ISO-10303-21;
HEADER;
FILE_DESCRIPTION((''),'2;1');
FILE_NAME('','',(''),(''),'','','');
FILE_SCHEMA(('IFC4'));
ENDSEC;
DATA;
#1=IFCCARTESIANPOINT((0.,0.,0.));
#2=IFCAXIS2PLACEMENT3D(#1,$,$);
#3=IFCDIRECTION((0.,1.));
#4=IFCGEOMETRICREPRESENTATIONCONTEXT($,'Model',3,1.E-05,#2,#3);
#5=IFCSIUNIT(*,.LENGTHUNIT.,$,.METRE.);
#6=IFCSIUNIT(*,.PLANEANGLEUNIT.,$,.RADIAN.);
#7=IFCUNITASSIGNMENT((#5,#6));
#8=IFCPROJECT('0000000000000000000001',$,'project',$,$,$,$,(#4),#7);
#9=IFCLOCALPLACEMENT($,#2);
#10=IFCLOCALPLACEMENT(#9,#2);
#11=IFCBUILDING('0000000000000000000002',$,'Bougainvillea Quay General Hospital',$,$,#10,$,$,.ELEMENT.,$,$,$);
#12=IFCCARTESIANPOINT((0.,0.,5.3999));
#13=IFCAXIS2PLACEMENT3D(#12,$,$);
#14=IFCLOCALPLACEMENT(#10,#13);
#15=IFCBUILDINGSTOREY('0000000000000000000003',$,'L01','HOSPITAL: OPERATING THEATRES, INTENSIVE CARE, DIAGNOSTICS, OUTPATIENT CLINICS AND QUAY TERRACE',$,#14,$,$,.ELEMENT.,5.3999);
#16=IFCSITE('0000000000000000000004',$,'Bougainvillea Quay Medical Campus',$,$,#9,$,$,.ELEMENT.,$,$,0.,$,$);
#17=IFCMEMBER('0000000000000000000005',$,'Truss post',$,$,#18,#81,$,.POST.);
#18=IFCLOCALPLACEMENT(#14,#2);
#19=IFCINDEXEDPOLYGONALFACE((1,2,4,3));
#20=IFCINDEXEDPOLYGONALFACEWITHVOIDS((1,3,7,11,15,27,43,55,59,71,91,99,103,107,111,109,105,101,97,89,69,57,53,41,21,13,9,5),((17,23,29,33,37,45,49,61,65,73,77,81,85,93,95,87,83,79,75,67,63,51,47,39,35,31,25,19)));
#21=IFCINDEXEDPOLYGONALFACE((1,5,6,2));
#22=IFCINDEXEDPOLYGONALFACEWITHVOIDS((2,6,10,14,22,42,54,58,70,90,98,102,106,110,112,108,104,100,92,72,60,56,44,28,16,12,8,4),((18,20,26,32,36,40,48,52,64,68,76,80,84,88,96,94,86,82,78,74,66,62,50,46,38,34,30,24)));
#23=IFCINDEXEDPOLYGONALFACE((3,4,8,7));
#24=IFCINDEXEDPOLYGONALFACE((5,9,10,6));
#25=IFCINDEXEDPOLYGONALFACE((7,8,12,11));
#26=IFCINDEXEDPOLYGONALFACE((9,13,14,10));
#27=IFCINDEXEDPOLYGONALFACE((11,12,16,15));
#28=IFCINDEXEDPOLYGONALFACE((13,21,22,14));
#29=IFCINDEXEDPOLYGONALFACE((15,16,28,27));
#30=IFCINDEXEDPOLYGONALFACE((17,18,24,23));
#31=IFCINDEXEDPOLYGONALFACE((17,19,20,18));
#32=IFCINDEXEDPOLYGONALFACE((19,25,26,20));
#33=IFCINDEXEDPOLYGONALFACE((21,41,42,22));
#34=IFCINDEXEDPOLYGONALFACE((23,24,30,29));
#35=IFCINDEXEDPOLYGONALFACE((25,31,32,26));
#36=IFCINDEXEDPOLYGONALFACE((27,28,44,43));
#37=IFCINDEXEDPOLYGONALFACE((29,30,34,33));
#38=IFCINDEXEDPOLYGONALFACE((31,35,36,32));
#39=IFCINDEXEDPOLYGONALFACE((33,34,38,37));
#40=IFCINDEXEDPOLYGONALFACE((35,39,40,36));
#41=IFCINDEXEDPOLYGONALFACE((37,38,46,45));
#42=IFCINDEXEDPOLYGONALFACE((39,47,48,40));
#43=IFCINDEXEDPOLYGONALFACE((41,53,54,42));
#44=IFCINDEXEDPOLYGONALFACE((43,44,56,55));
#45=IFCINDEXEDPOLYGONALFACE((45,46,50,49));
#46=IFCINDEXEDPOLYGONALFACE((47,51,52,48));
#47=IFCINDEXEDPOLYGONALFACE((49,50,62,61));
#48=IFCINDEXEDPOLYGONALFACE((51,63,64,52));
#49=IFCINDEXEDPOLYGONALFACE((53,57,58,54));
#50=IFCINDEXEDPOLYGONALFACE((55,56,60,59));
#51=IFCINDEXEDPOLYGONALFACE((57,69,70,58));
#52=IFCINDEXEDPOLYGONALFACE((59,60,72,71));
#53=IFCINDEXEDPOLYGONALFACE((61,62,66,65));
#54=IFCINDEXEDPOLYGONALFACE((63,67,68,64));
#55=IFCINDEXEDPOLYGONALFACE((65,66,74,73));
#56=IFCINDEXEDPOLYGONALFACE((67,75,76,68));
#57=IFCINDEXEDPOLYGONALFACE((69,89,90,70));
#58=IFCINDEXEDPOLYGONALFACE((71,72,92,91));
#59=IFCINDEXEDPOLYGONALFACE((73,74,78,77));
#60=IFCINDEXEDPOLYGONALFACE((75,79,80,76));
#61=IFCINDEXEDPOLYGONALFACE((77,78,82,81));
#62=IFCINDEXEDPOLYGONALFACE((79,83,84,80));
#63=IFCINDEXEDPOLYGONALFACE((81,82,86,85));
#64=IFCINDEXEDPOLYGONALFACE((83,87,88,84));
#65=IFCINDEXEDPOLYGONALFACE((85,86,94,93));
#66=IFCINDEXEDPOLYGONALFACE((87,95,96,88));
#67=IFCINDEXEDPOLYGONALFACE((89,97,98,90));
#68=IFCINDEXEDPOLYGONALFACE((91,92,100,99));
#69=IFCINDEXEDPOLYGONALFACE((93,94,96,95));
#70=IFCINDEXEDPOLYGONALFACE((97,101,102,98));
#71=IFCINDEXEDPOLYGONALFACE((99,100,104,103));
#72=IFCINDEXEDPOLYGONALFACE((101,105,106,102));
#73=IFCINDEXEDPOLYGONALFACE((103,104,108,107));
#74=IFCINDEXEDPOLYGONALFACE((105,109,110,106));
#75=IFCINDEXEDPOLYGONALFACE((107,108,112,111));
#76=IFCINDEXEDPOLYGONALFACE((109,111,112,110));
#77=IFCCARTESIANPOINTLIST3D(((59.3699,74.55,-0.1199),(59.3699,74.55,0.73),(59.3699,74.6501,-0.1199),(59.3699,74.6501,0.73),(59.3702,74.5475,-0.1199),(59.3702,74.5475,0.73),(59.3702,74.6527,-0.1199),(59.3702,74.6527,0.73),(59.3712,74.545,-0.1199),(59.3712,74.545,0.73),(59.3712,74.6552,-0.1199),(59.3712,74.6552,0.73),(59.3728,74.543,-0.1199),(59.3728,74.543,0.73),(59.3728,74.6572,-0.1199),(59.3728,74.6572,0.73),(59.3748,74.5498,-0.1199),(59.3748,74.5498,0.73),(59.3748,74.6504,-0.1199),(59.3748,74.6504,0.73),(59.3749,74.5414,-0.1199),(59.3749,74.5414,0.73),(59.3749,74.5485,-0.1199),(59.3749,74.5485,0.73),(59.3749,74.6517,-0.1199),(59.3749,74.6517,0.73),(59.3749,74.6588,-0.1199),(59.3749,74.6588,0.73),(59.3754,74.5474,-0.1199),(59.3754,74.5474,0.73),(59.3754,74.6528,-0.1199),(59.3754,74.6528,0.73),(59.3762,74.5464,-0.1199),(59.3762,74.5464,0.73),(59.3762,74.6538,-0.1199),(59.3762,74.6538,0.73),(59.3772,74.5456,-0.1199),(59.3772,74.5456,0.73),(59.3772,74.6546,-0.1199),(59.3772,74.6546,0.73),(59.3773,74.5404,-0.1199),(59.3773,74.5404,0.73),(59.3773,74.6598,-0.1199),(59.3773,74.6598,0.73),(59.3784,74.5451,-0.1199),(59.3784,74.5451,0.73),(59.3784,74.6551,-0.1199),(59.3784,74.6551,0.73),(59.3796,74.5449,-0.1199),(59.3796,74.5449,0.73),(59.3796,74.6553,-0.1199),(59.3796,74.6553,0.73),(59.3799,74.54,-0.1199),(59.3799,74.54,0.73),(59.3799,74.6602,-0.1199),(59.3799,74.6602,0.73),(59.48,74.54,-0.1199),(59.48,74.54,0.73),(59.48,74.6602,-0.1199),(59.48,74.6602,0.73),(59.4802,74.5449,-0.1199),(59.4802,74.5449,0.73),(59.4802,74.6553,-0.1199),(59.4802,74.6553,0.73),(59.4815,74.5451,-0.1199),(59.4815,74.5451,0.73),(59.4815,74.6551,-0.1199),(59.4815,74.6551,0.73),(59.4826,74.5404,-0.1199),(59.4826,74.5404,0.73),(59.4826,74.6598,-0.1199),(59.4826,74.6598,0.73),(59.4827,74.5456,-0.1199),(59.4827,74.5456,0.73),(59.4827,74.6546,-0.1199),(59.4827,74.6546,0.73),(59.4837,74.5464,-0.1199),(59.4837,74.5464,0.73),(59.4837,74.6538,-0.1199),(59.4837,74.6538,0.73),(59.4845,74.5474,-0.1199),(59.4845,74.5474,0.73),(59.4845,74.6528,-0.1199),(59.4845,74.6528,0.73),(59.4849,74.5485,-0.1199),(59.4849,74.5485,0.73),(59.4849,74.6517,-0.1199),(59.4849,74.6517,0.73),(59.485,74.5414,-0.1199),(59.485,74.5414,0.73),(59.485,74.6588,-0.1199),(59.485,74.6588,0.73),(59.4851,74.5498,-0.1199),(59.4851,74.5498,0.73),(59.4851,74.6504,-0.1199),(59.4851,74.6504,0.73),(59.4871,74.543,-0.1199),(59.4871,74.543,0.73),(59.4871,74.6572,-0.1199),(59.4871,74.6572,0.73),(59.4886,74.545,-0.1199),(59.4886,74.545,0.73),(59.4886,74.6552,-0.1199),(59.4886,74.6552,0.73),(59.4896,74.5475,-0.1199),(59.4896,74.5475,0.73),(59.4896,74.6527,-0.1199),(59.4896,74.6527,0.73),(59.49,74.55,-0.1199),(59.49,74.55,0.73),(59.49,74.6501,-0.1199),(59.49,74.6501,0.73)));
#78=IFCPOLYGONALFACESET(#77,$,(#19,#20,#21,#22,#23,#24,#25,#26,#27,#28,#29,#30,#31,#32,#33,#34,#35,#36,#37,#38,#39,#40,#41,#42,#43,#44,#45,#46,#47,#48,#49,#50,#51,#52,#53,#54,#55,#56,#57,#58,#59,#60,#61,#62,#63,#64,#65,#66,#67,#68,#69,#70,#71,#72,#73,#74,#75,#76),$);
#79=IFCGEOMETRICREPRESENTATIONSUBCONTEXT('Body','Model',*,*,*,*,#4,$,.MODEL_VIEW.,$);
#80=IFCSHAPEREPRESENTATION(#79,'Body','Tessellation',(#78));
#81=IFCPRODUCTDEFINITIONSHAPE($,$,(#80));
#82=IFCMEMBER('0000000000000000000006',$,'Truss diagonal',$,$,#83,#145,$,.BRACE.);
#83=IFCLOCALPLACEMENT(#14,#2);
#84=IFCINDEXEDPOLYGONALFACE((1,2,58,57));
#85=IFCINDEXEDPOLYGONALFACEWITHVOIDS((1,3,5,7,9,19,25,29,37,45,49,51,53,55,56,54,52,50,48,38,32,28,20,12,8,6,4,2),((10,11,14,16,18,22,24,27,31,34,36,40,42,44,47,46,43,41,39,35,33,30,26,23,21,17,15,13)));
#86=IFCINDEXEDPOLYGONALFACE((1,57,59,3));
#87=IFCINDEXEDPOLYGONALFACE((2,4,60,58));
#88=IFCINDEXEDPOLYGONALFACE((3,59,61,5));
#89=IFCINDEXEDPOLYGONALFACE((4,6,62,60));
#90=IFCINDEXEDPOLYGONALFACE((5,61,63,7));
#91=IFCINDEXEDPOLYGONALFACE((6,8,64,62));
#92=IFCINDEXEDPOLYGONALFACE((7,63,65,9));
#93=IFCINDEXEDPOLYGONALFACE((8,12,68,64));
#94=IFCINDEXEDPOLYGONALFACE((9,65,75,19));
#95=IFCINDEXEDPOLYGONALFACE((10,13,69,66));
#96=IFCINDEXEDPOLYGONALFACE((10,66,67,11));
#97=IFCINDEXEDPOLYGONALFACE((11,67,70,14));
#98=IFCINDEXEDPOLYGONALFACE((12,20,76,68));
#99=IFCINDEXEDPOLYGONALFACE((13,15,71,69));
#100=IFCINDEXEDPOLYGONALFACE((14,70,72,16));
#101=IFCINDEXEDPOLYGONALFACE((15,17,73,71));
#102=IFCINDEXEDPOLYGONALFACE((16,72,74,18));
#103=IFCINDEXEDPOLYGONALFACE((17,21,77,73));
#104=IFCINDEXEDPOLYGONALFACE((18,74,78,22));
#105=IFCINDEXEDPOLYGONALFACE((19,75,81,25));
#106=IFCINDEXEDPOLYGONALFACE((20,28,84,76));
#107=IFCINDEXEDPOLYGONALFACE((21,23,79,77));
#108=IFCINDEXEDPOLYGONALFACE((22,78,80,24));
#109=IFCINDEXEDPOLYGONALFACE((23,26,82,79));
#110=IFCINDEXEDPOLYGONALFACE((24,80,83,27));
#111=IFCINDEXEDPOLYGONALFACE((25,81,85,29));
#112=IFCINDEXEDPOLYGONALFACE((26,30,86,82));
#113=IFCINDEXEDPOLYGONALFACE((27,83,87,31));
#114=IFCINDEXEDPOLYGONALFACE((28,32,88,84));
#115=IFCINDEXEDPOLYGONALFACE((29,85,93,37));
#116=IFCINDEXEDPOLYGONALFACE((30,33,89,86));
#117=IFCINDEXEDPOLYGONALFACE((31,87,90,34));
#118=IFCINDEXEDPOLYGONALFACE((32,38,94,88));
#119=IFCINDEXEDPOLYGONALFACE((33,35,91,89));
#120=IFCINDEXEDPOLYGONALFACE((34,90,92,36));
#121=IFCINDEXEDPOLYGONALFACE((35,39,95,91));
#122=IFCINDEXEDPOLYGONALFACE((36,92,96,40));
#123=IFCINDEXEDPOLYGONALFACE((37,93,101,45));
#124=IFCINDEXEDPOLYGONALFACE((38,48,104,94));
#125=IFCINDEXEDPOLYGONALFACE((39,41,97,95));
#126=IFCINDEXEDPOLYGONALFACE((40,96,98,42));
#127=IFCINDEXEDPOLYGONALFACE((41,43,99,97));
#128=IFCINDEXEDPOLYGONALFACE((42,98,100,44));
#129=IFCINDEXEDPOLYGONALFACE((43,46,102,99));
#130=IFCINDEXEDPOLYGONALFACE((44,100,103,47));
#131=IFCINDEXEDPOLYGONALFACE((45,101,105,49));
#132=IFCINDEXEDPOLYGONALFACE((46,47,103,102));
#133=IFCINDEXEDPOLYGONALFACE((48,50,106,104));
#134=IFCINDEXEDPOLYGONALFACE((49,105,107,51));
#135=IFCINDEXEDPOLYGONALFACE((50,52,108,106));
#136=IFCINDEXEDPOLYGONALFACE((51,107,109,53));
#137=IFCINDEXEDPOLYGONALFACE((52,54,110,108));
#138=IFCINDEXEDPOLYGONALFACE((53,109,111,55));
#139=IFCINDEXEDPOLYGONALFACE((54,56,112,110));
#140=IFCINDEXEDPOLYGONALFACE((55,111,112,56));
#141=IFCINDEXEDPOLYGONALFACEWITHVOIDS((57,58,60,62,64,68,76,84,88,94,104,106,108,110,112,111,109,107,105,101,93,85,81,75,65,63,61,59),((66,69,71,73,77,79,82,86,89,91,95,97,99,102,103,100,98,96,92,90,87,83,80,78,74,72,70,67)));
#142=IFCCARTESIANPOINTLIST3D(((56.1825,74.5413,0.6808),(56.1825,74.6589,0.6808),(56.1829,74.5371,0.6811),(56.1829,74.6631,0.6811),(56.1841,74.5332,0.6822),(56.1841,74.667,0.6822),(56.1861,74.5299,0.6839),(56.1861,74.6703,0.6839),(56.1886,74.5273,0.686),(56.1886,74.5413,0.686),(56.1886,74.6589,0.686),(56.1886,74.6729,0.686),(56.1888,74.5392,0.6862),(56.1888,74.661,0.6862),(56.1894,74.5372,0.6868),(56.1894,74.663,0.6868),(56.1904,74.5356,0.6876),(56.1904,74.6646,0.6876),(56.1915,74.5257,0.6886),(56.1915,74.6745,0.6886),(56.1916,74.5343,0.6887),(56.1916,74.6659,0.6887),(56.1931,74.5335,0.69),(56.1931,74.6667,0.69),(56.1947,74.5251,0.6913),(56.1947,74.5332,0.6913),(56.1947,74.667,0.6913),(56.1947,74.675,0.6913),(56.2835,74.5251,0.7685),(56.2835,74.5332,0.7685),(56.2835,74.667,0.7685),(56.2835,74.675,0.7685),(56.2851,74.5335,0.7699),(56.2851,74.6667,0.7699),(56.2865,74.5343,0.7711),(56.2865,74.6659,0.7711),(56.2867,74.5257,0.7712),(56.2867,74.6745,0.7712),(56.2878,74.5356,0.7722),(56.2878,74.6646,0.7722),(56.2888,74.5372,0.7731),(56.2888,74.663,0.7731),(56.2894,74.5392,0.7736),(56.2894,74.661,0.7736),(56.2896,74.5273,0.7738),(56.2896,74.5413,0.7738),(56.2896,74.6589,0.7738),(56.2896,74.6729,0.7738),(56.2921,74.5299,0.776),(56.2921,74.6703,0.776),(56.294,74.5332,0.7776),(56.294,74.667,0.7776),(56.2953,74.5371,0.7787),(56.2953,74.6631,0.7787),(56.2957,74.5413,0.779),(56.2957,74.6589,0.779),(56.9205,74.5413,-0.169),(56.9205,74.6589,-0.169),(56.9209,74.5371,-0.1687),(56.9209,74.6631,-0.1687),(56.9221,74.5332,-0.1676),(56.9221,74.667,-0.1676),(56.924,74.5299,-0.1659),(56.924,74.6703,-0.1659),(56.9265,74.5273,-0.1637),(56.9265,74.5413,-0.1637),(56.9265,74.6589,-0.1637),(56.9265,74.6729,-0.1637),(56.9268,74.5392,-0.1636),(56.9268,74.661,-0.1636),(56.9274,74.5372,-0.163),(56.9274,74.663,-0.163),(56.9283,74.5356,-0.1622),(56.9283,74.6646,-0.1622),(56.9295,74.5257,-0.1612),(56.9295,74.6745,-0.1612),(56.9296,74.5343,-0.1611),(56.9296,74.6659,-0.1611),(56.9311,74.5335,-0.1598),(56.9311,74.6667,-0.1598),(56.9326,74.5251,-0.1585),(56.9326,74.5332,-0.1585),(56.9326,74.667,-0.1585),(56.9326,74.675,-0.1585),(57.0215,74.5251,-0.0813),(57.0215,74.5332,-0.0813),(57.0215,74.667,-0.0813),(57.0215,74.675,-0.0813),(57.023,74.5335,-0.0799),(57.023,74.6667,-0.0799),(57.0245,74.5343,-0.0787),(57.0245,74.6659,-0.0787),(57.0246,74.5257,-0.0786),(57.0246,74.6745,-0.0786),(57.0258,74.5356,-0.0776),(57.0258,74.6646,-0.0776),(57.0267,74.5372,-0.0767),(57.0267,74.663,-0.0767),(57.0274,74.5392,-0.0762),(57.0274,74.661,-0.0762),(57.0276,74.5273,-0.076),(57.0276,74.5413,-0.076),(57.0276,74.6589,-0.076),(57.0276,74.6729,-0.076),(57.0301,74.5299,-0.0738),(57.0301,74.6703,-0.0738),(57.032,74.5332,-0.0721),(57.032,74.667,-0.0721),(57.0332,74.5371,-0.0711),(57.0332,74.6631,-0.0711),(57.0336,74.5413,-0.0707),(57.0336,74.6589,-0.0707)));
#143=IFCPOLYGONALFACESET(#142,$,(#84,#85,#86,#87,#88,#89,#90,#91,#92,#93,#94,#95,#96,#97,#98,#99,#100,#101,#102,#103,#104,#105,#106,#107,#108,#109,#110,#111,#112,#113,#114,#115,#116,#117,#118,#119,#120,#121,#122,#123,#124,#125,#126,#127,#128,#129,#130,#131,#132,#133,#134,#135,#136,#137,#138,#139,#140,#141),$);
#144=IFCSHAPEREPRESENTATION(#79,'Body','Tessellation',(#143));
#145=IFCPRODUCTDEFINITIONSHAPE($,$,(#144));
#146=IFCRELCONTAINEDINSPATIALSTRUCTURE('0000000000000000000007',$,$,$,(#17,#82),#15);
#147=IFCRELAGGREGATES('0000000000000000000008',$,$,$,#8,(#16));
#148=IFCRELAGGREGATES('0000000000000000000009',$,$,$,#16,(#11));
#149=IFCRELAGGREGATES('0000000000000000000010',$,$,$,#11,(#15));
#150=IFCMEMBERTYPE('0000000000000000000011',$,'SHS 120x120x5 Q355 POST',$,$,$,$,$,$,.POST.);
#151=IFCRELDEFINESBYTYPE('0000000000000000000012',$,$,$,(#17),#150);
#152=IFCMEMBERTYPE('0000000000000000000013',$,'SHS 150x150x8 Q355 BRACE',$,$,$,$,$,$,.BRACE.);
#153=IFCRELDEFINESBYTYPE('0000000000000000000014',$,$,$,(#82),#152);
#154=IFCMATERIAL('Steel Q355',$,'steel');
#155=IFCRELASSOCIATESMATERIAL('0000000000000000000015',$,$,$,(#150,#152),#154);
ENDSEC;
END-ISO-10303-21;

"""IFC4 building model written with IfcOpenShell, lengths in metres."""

from ifc_helpers import new_model, si_unit, direction, frame, origin, origin_2d, place, context, subcontext, project, spatial, hollow_rectangle, extrude, material, material_profile, profile_set, type_object, element, save


model = new_model("IFC4")

# Units and contexts
model_context = context("Model", 3, precision=1e-05, world=origin(), true_north=direction((0.0, 1.0)))
body_context = subcontext(model_context, "Body", "Model", "MODEL_VIEW")
ifc_project = project(units=[si_unit("LENGTHUNIT", "METRE"), si_unit("PLANEANGLEUNIT", "RADIAN")], contexts=[model_context])

# Site, building, storey
site_placement = place(None, origin())
site = spatial("IfcSite", under=ifc_project, at=site_placement, Name="Bougainvillea Quay Medical Campus", CompositionType="ELEMENT", RefElevation=0.0)
building_placement = place(site_placement, origin())
building = spatial("IfcBuilding", under=site, at=building_placement, Name="Bougainvillea Quay General Hospital", CompositionType="ELEMENT")
storey_placement = place(building_placement, frame((0.0, 0.0, 5.3999)))
storey = spatial("IfcBuildingStorey", under=building, at=storey_placement, Name="L01", Description="HOSPITAL: OPERATING THEATRES, INTENSIVE CARE, DIAGNOSTICS, OUTPATIENT CLINICS AND QUAY TERRACE", CompositionType="ELEMENT", Elevation=5.3999)

# Members
ifc_material_1 = material(Name="Steel Q355", Category="steel")
ifc_material_profile_1 = material_profile(ifc_material_1, hollow_rectangle(XDim=0.1201, YDim=0.1201, WallThickness=0.0049, InnerFilletRadius=0.0049, OuterFilletRadius=0.01, at=origin_2d()))
ifc_profile_set_1 = profile_set([ifc_material_profile_1], Name="Steel Q355")
member_type_1 = type_object("IfcMemberType", Name="SHS 120x120x5 Q355 POST", PredefinedType="POST", material=ifc_profile_set_1)
for number, where, z_axis, x_axis, name in (
    (1, (59.4299, 74.6001, -0.1199), (0.0, 0.0, 1.0), (1.0, 0.0, 0.0), "Truss post"),
):
    element("IfcMember", number, at=place(storey_placement, frame(where, z_axis=z_axis, x_axis=x_axis)), inside=storey, type_object=member_type_1, Name=name, PredefinedType="POST", context=body_context, shape_type="SweptSolid", body=[
        extrude(hollow_rectangle(XDim=0.1201, YDim=0.1201, WallThickness=0.0049, InnerFilletRadius=0.0049, OuterFilletRadius=0.01, at=origin_2d()), origin(), (0.0, 0.0, 1.0), 0.8499),
    ])
ifc_material_profile_2 = material_profile(ifc_material_1, hollow_rectangle(XDim=0.1499, YDim=0.1499, WallThickness=0.0081, InnerFilletRadius=0.0081, OuterFilletRadius=0.0161, at=origin_2d()))
ifc_profile_set_2 = profile_set([ifc_material_profile_2], Name="Steel Q355")
member_type_2 = type_object("IfcMemberType", Name="SHS 150x150x8 Q355 BRACE", PredefinedType="BRACE", material=ifc_profile_set_2)
for number, where, z_axis, x_axis, name in (
    (2, (56.9771, 74.6001, -0.1199), (-0.65569, 0.0, 0.75503), (0.0, -1.0, 0.0), "Truss diagonal"),
):
    element("IfcMember", number, at=place(storey_placement, frame(where, z_axis=z_axis, x_axis=x_axis)), inside=storey, type_object=member_type_2, Name=name, PredefinedType="BRACE", context=body_context, shape_type="SweptSolid", body=[
        extrude(hollow_rectangle(XDim=0.1499, YDim=0.1499, WallThickness=0.0081, InnerFilletRadius=0.0081, OuterFilletRadius=0.0161, at=origin_2d()), origin(), (0.0, 0.0, 1.0), 1.1255),
    ])

save(model, "model.ifc")
